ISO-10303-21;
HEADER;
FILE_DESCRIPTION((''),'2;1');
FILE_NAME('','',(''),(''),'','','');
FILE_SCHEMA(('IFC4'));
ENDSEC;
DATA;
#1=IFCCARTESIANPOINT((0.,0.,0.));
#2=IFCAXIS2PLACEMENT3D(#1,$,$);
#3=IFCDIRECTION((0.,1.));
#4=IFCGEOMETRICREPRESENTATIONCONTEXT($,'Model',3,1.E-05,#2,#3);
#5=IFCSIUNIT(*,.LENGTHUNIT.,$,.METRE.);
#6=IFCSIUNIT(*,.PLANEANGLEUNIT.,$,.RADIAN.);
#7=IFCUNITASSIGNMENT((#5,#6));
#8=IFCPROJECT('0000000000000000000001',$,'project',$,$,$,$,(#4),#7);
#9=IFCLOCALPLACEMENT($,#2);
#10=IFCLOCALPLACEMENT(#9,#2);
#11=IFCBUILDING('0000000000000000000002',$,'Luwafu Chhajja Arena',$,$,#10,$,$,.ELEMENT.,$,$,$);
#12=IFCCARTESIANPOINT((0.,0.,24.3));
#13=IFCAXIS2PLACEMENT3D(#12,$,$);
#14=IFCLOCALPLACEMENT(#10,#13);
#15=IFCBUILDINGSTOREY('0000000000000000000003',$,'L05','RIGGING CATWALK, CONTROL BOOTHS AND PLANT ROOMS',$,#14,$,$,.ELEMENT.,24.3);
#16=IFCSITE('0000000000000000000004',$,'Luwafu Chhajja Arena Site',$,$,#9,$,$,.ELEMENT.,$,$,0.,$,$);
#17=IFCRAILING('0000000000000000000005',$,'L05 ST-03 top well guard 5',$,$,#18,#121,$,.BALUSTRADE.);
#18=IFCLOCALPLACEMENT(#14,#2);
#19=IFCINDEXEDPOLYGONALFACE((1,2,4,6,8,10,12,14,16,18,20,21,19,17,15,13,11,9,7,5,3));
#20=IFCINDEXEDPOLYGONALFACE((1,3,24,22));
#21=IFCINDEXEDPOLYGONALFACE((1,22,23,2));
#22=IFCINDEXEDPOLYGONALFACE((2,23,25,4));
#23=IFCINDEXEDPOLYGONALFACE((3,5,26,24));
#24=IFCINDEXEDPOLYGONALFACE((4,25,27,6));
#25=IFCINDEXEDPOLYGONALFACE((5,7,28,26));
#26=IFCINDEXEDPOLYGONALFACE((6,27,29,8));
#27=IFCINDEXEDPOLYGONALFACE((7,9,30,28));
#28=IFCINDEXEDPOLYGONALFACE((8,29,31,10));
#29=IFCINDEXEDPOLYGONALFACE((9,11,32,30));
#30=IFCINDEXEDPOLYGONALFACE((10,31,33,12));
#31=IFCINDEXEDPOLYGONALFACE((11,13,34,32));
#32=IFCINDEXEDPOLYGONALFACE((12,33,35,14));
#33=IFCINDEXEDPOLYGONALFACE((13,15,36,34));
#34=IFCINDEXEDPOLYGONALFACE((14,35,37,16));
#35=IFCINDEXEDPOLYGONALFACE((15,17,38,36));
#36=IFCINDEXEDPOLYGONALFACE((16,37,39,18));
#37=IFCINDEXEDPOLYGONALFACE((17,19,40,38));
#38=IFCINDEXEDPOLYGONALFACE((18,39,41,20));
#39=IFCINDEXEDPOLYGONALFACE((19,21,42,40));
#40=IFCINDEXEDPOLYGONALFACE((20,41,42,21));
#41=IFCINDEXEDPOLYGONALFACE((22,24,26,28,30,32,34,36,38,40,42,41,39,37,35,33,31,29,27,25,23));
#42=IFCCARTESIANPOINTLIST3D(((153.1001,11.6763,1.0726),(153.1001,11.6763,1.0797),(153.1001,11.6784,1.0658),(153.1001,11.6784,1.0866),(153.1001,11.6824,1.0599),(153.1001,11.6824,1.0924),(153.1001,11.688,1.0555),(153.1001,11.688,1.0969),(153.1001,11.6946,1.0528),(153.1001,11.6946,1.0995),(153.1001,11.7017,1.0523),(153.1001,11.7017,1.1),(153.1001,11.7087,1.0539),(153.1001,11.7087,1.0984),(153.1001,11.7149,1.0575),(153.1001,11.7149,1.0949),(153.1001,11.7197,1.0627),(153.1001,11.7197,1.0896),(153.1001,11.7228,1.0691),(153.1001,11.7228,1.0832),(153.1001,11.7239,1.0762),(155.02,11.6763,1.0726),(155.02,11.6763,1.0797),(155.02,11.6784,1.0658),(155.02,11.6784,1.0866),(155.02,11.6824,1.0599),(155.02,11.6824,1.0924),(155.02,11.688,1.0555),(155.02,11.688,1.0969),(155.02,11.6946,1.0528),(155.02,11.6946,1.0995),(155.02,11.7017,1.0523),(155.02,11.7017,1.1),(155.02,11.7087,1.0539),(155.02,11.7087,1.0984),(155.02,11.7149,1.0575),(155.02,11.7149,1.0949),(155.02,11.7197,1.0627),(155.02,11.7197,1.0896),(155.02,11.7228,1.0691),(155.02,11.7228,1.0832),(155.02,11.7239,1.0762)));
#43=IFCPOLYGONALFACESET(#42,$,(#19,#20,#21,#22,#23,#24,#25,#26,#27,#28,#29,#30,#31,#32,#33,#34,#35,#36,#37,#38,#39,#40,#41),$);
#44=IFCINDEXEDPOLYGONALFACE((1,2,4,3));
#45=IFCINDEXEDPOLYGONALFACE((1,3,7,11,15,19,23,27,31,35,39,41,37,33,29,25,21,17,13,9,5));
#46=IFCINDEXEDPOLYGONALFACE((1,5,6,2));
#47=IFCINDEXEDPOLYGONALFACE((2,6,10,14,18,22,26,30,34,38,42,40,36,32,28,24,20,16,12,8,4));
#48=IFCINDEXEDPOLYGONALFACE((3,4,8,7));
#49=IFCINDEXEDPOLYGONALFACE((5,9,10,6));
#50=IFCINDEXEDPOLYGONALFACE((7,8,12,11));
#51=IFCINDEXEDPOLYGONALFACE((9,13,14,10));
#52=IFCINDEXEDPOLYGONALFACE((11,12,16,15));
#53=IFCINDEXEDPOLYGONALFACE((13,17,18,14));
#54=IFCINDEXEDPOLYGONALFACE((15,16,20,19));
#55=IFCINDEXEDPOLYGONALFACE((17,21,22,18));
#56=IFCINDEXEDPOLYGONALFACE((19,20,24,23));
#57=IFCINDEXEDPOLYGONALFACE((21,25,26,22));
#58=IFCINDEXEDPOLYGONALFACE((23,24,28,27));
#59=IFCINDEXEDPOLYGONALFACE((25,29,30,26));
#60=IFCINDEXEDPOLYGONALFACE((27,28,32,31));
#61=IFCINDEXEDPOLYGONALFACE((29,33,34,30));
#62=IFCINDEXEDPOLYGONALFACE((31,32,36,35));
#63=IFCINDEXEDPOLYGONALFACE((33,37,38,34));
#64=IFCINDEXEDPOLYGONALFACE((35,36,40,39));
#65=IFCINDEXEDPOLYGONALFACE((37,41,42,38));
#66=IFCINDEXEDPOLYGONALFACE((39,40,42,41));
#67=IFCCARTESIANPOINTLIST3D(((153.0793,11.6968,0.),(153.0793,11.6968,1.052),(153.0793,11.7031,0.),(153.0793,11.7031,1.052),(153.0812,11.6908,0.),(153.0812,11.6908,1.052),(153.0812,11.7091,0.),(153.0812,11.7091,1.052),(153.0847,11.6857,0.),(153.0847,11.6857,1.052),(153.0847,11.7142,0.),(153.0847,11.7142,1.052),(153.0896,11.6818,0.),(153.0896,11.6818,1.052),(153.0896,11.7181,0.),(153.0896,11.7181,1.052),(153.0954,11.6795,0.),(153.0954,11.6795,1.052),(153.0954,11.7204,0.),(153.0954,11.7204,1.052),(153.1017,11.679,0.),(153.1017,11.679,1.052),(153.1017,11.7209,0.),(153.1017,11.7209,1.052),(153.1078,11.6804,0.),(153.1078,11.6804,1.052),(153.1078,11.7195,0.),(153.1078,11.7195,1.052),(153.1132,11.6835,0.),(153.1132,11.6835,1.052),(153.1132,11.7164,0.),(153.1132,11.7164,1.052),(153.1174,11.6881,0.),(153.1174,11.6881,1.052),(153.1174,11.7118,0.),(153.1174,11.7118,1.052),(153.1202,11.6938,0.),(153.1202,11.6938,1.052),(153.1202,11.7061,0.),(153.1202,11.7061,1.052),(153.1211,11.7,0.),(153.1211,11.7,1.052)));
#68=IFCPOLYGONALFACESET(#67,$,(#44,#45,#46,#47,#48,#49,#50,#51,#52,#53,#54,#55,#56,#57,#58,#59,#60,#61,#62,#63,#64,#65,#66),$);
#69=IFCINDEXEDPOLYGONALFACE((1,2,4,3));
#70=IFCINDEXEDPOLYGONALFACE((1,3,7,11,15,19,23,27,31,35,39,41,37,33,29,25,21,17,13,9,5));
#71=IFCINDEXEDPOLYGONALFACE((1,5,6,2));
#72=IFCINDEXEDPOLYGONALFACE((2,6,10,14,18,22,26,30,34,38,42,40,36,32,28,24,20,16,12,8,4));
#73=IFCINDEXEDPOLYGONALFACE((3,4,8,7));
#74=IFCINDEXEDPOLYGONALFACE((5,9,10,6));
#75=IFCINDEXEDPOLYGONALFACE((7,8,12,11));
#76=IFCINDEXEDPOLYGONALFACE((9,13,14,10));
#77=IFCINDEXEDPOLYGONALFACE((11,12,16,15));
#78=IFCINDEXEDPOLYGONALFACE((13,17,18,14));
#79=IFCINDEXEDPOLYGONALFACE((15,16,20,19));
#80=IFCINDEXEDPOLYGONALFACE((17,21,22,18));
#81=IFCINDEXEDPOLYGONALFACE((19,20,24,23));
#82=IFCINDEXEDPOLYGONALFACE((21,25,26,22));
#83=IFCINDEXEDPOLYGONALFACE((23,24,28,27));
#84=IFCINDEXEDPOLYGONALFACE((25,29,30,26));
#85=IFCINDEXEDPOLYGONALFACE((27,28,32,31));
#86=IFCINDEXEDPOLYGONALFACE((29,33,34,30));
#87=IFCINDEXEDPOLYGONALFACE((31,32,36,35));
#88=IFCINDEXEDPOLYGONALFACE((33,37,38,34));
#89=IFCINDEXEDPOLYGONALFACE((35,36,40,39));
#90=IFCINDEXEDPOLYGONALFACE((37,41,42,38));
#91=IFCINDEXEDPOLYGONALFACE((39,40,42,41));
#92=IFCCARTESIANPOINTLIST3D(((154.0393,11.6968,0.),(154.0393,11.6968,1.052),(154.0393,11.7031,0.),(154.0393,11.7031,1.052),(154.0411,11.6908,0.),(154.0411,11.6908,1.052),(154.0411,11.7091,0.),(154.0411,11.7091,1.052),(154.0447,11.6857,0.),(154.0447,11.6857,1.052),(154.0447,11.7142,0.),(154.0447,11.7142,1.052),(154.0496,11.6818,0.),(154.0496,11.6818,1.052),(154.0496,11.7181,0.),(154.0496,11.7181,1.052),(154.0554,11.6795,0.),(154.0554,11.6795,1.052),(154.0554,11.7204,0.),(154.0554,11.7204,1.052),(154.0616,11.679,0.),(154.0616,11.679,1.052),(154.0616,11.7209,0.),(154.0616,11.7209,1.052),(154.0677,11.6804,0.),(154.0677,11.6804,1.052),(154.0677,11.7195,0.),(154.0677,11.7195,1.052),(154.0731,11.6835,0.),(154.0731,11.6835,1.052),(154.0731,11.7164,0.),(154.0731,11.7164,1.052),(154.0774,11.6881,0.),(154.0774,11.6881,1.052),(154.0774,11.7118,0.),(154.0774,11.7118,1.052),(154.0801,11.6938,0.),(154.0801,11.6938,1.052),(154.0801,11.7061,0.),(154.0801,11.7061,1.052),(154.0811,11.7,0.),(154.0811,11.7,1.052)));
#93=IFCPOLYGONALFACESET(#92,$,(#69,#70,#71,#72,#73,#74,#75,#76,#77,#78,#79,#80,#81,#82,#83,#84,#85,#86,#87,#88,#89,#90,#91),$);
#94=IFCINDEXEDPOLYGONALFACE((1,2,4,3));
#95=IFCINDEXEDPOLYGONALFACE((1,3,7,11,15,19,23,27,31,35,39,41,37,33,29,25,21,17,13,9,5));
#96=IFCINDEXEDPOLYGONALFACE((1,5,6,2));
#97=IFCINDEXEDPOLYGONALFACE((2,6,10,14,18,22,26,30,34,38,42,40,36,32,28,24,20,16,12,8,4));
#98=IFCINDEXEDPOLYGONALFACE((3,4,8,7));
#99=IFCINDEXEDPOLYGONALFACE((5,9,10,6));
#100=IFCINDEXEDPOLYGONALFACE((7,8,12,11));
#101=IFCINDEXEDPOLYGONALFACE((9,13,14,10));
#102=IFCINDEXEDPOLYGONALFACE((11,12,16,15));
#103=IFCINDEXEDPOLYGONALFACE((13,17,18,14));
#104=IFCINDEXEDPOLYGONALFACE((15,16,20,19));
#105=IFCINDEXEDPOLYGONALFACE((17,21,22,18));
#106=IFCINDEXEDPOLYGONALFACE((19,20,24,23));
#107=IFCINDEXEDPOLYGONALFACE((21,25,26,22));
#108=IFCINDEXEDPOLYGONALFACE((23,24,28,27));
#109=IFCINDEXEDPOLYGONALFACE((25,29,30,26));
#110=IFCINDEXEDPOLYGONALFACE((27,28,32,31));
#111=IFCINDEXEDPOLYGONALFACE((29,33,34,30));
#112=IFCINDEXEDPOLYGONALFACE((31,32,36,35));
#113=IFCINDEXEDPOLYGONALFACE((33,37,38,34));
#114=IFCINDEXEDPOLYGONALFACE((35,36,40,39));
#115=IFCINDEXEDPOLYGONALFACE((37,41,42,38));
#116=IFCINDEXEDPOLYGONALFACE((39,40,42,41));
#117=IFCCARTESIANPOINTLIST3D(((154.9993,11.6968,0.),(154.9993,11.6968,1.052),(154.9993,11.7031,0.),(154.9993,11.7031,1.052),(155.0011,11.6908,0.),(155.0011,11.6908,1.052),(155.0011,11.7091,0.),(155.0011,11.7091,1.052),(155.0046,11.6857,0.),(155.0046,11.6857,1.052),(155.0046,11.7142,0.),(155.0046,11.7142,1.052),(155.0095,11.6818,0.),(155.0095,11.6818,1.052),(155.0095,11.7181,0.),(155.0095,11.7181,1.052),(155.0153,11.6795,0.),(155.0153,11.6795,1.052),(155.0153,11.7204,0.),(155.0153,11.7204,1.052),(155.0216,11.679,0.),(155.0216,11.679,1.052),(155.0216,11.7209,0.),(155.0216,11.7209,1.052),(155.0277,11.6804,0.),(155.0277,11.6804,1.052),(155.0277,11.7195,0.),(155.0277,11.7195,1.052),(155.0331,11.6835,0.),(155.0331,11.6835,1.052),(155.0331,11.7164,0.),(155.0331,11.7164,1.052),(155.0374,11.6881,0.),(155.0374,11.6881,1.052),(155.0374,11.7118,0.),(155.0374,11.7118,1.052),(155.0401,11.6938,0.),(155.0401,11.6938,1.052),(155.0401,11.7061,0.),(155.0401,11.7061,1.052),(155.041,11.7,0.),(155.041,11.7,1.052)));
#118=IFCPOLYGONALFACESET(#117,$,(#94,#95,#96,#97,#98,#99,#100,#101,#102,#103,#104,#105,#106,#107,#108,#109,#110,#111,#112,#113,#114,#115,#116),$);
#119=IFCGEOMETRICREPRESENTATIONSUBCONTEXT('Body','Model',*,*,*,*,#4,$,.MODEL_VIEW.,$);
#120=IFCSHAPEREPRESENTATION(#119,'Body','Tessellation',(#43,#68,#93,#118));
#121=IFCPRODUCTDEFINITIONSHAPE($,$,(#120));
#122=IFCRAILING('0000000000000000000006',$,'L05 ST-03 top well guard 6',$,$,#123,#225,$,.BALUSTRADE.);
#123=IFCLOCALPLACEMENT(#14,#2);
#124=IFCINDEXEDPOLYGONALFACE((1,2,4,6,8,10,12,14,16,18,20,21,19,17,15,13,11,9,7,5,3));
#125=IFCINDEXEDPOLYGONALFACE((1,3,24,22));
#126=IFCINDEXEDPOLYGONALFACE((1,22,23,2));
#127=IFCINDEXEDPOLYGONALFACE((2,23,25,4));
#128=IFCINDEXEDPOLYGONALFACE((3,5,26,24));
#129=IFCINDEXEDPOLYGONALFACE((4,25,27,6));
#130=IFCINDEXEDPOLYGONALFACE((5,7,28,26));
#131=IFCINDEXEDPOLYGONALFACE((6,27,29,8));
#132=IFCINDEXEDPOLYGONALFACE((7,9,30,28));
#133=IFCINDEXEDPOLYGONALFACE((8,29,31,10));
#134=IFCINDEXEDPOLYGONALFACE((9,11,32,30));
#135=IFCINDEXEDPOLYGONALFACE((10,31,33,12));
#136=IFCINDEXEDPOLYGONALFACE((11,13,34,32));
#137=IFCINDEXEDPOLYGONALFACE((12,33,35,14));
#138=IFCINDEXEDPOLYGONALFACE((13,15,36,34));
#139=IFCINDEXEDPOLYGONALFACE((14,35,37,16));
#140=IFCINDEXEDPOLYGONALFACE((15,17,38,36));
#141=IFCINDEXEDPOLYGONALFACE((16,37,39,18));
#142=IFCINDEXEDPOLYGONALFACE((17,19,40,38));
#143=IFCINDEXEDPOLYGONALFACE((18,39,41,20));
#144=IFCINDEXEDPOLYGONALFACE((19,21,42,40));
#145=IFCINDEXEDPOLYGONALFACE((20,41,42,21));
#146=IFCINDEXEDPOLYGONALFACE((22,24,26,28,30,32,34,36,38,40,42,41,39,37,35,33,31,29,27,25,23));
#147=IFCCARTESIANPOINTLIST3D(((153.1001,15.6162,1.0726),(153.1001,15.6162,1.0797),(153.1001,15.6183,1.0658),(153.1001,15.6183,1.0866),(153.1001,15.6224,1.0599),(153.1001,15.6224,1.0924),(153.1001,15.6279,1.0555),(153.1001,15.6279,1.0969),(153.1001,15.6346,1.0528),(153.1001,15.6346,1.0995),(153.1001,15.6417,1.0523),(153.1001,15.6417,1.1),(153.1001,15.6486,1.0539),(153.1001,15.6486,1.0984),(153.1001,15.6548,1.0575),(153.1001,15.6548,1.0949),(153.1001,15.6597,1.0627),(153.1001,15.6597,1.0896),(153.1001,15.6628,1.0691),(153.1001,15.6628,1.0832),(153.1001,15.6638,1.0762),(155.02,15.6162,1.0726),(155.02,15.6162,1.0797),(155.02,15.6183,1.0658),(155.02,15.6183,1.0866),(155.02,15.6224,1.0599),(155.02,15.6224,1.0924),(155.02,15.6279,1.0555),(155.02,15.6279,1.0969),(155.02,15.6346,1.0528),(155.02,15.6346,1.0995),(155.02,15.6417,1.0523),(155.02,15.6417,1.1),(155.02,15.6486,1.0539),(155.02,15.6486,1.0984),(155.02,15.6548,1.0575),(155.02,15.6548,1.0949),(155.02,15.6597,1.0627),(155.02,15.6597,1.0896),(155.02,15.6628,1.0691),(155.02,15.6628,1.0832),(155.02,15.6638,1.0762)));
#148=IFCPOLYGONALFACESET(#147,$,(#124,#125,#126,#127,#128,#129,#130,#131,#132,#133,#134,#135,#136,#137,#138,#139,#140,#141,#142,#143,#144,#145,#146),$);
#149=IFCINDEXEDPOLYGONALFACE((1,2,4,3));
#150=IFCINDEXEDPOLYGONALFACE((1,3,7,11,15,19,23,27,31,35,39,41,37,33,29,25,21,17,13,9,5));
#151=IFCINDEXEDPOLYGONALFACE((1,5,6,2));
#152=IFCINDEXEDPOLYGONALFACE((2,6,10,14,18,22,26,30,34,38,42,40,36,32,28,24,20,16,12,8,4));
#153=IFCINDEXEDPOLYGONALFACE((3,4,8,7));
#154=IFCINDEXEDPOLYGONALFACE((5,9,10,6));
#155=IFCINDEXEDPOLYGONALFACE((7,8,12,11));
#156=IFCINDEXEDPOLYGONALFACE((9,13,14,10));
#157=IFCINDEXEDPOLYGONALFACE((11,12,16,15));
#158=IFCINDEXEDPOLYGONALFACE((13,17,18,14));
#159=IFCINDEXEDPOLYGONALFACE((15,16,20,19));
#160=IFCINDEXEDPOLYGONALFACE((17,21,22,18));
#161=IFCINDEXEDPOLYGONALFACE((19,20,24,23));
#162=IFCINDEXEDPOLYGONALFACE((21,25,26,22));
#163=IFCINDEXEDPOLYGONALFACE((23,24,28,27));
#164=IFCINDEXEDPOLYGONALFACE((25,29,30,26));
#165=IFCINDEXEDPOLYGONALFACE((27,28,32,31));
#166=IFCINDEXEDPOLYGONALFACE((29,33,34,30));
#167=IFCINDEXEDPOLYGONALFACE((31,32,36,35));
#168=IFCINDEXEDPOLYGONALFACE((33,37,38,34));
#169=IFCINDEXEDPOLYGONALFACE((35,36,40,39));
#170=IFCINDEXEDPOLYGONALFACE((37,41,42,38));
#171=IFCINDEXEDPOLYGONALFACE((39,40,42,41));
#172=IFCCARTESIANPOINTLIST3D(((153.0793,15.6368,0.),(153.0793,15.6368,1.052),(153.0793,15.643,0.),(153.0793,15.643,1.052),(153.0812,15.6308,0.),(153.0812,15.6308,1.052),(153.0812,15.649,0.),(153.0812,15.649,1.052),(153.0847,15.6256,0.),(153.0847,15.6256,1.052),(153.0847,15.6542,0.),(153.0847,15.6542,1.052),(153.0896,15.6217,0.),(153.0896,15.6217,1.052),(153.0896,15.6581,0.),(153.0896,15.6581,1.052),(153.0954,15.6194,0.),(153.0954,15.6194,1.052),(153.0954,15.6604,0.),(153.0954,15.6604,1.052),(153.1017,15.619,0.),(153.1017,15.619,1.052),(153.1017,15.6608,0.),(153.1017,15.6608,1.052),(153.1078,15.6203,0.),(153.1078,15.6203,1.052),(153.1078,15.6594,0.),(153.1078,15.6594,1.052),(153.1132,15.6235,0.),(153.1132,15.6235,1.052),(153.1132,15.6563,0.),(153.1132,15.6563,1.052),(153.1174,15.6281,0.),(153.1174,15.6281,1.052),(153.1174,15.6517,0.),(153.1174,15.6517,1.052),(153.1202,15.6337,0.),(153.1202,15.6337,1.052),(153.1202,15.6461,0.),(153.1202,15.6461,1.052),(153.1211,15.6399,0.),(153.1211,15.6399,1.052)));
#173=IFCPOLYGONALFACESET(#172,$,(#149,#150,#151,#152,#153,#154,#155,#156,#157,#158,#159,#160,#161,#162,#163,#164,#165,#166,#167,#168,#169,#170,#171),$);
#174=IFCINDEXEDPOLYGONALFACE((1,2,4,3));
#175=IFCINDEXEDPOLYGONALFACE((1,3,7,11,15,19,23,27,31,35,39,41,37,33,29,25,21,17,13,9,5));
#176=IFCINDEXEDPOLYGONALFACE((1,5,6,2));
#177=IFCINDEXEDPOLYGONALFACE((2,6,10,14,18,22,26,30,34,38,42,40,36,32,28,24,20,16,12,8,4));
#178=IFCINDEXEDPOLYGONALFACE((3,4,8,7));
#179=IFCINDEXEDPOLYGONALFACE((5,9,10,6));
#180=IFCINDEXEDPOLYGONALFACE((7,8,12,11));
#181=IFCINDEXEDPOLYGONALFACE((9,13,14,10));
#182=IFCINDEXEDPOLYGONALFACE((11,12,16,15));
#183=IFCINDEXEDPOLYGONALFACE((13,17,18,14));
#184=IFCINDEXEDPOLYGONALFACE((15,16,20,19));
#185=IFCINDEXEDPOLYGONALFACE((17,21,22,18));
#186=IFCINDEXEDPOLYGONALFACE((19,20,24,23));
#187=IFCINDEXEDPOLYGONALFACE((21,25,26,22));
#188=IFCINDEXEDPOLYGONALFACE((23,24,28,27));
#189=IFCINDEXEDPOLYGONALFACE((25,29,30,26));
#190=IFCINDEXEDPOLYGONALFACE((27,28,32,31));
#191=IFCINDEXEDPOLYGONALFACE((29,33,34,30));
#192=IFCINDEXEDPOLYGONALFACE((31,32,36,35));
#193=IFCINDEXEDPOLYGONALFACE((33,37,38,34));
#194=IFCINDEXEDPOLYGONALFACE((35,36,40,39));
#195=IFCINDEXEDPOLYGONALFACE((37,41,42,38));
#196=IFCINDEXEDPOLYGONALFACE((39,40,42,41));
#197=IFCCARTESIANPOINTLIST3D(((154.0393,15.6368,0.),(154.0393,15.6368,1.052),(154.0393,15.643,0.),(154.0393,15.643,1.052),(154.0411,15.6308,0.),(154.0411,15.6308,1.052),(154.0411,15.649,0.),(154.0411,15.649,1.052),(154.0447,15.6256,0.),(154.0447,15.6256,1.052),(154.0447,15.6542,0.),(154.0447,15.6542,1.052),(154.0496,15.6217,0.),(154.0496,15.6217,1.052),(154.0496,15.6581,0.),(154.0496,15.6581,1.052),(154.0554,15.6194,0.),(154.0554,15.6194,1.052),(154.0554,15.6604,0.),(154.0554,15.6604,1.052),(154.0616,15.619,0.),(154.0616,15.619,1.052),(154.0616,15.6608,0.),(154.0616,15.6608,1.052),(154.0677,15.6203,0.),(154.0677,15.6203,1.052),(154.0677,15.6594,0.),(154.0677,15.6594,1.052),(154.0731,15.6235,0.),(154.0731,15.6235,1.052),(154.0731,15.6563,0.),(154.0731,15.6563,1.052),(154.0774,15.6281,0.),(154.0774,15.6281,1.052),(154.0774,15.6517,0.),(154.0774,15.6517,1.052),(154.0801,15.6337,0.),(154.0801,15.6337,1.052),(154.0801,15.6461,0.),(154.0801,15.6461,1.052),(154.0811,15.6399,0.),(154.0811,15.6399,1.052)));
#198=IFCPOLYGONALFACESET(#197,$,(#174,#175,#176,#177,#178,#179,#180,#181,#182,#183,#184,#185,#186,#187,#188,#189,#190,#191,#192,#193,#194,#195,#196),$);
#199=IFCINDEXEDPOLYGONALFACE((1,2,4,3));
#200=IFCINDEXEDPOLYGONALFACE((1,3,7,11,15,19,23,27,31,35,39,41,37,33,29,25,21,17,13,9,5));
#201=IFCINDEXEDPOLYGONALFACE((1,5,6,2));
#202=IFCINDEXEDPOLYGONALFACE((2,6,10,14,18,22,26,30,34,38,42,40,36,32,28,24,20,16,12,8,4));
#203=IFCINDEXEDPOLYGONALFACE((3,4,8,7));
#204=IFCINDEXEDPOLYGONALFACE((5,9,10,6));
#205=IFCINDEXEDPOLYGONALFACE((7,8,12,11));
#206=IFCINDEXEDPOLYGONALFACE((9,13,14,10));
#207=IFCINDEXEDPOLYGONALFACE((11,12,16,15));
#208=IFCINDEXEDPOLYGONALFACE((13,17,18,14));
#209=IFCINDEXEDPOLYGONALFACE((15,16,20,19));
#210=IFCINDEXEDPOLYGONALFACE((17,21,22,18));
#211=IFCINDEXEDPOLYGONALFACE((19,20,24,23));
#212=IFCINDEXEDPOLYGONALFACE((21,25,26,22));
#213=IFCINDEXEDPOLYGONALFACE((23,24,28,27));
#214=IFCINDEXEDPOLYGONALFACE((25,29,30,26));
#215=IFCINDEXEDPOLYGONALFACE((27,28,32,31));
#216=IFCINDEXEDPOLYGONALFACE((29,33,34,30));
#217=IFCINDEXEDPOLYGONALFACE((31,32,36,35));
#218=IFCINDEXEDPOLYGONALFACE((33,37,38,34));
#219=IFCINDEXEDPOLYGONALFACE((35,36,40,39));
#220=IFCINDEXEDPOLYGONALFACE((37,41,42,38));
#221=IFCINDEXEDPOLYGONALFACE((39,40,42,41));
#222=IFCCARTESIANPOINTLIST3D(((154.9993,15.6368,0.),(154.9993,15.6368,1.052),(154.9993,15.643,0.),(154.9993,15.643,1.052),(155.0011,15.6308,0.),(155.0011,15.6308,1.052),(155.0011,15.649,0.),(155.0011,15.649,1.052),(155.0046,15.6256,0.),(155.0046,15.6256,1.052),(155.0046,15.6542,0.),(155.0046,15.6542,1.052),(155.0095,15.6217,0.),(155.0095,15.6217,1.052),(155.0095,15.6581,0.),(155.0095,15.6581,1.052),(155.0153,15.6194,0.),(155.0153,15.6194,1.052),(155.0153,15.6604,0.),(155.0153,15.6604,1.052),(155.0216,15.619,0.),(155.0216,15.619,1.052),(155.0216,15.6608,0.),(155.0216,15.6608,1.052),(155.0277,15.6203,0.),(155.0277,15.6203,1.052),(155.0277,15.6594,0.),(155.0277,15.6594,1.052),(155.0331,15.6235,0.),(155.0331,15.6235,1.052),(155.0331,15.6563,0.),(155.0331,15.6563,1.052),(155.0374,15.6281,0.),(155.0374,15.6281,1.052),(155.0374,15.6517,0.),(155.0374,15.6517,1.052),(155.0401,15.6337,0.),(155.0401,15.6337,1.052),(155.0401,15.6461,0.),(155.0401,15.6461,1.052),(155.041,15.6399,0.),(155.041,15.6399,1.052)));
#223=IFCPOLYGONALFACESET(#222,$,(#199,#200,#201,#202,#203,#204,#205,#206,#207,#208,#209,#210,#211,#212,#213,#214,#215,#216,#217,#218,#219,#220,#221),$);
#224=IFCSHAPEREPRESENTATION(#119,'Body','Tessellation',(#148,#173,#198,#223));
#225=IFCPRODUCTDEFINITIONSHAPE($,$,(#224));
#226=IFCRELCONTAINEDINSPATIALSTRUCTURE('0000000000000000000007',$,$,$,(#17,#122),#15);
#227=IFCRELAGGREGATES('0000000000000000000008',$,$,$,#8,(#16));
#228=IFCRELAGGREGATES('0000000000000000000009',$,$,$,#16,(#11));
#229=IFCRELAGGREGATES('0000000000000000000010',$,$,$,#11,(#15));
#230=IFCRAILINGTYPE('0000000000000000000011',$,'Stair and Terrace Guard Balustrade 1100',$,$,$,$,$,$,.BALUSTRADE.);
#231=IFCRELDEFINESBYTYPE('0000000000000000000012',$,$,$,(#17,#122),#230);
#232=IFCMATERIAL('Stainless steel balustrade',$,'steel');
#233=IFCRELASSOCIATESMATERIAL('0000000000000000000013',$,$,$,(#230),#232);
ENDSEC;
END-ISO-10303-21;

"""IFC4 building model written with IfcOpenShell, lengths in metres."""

from ifc_helpers import new_model, si_unit, direction, frame, origin, origin_2d, place, context, subcontext, project, spatial, circle, extrude, material, type_object, element, save


model = new_model("IFC4")

# Units and contexts
model_context = context("Model", 3, precision=1e-05, world=origin(), true_north=direction((0.0, 1.0)))
body_context = subcontext(model_context, "Body", "Model", "MODEL_VIEW")
ifc_project = project(units=[si_unit("LENGTHUNIT", "METRE"), si_unit("PLANEANGLEUNIT", "RADIAN")], contexts=[model_context])

# Site, building, storey
site_placement = place(None, origin())
site = spatial("IfcSite", under=ifc_project, at=site_placement, Name="Luwafu Chhajja Arena Site", CompositionType="ELEMENT", RefElevation=0.0)
building_placement = place(site_placement, origin())
building = spatial("IfcBuilding", under=site, at=building_placement, Name="Luwafu Chhajja Arena", CompositionType="ELEMENT")
storey_placement = place(building_placement, frame((0.0, 0.0, 24.3)))
storey = spatial("IfcBuildingStorey", under=building, at=storey_placement, Name="L05", Description="RIGGING CATWALK, CONTROL BOOTHS AND PLANT ROOMS", CompositionType="ELEMENT", Elevation=24.3)

# Railings
ifc_material_1 = material(Name="Stainless steel balustrade", Category="steel")
railing_type = type_object("IfcRailingType", Name="Stair and Terrace Guard Balustrade 1100", PredefinedType="BALUSTRADE", material=ifc_material_1)
for number, where, name in (
    (1, (153.1001, 11.7, 0.0), "L05 ST-03 top well guard 5"),
    (2, (153.1001, 15.6399, 0.0), "L05 ST-03 top well guard 6"),
):
    element("IfcRailing", number, at=place(storey_placement, frame(where)), inside=storey, type_object=railing_type, Name=name, PredefinedType="BALUSTRADE", context=body_context, shape_type="SweptSolid", body=[
        extrude(circle(Radius=0.0239, at=origin_2d()), frame((0.0, 0.0, 1.0762), z_axis=(1.0, 0.0, 0.0), x_axis=(0.0, 1.0, 0.0)), (0.0, 0.0, 1.0), 1.9199),
        extrude(circle(Radius=0.021, at=origin_2d()), origin(), (0.0, 0.0, 1.0), 1.052),
        extrude(circle(Radius=0.021, at=origin_2d()), frame((0.96, 0.0, 0.0)), (0.0, 0.0, 1.0), 1.052),
        extrude(circle(Radius=0.021, at=origin_2d()), frame((1.9199, 0.0, 0.0)), (0.0, 0.0, 1.0), 1.052),
    ])

save(model, "model.ifc")
